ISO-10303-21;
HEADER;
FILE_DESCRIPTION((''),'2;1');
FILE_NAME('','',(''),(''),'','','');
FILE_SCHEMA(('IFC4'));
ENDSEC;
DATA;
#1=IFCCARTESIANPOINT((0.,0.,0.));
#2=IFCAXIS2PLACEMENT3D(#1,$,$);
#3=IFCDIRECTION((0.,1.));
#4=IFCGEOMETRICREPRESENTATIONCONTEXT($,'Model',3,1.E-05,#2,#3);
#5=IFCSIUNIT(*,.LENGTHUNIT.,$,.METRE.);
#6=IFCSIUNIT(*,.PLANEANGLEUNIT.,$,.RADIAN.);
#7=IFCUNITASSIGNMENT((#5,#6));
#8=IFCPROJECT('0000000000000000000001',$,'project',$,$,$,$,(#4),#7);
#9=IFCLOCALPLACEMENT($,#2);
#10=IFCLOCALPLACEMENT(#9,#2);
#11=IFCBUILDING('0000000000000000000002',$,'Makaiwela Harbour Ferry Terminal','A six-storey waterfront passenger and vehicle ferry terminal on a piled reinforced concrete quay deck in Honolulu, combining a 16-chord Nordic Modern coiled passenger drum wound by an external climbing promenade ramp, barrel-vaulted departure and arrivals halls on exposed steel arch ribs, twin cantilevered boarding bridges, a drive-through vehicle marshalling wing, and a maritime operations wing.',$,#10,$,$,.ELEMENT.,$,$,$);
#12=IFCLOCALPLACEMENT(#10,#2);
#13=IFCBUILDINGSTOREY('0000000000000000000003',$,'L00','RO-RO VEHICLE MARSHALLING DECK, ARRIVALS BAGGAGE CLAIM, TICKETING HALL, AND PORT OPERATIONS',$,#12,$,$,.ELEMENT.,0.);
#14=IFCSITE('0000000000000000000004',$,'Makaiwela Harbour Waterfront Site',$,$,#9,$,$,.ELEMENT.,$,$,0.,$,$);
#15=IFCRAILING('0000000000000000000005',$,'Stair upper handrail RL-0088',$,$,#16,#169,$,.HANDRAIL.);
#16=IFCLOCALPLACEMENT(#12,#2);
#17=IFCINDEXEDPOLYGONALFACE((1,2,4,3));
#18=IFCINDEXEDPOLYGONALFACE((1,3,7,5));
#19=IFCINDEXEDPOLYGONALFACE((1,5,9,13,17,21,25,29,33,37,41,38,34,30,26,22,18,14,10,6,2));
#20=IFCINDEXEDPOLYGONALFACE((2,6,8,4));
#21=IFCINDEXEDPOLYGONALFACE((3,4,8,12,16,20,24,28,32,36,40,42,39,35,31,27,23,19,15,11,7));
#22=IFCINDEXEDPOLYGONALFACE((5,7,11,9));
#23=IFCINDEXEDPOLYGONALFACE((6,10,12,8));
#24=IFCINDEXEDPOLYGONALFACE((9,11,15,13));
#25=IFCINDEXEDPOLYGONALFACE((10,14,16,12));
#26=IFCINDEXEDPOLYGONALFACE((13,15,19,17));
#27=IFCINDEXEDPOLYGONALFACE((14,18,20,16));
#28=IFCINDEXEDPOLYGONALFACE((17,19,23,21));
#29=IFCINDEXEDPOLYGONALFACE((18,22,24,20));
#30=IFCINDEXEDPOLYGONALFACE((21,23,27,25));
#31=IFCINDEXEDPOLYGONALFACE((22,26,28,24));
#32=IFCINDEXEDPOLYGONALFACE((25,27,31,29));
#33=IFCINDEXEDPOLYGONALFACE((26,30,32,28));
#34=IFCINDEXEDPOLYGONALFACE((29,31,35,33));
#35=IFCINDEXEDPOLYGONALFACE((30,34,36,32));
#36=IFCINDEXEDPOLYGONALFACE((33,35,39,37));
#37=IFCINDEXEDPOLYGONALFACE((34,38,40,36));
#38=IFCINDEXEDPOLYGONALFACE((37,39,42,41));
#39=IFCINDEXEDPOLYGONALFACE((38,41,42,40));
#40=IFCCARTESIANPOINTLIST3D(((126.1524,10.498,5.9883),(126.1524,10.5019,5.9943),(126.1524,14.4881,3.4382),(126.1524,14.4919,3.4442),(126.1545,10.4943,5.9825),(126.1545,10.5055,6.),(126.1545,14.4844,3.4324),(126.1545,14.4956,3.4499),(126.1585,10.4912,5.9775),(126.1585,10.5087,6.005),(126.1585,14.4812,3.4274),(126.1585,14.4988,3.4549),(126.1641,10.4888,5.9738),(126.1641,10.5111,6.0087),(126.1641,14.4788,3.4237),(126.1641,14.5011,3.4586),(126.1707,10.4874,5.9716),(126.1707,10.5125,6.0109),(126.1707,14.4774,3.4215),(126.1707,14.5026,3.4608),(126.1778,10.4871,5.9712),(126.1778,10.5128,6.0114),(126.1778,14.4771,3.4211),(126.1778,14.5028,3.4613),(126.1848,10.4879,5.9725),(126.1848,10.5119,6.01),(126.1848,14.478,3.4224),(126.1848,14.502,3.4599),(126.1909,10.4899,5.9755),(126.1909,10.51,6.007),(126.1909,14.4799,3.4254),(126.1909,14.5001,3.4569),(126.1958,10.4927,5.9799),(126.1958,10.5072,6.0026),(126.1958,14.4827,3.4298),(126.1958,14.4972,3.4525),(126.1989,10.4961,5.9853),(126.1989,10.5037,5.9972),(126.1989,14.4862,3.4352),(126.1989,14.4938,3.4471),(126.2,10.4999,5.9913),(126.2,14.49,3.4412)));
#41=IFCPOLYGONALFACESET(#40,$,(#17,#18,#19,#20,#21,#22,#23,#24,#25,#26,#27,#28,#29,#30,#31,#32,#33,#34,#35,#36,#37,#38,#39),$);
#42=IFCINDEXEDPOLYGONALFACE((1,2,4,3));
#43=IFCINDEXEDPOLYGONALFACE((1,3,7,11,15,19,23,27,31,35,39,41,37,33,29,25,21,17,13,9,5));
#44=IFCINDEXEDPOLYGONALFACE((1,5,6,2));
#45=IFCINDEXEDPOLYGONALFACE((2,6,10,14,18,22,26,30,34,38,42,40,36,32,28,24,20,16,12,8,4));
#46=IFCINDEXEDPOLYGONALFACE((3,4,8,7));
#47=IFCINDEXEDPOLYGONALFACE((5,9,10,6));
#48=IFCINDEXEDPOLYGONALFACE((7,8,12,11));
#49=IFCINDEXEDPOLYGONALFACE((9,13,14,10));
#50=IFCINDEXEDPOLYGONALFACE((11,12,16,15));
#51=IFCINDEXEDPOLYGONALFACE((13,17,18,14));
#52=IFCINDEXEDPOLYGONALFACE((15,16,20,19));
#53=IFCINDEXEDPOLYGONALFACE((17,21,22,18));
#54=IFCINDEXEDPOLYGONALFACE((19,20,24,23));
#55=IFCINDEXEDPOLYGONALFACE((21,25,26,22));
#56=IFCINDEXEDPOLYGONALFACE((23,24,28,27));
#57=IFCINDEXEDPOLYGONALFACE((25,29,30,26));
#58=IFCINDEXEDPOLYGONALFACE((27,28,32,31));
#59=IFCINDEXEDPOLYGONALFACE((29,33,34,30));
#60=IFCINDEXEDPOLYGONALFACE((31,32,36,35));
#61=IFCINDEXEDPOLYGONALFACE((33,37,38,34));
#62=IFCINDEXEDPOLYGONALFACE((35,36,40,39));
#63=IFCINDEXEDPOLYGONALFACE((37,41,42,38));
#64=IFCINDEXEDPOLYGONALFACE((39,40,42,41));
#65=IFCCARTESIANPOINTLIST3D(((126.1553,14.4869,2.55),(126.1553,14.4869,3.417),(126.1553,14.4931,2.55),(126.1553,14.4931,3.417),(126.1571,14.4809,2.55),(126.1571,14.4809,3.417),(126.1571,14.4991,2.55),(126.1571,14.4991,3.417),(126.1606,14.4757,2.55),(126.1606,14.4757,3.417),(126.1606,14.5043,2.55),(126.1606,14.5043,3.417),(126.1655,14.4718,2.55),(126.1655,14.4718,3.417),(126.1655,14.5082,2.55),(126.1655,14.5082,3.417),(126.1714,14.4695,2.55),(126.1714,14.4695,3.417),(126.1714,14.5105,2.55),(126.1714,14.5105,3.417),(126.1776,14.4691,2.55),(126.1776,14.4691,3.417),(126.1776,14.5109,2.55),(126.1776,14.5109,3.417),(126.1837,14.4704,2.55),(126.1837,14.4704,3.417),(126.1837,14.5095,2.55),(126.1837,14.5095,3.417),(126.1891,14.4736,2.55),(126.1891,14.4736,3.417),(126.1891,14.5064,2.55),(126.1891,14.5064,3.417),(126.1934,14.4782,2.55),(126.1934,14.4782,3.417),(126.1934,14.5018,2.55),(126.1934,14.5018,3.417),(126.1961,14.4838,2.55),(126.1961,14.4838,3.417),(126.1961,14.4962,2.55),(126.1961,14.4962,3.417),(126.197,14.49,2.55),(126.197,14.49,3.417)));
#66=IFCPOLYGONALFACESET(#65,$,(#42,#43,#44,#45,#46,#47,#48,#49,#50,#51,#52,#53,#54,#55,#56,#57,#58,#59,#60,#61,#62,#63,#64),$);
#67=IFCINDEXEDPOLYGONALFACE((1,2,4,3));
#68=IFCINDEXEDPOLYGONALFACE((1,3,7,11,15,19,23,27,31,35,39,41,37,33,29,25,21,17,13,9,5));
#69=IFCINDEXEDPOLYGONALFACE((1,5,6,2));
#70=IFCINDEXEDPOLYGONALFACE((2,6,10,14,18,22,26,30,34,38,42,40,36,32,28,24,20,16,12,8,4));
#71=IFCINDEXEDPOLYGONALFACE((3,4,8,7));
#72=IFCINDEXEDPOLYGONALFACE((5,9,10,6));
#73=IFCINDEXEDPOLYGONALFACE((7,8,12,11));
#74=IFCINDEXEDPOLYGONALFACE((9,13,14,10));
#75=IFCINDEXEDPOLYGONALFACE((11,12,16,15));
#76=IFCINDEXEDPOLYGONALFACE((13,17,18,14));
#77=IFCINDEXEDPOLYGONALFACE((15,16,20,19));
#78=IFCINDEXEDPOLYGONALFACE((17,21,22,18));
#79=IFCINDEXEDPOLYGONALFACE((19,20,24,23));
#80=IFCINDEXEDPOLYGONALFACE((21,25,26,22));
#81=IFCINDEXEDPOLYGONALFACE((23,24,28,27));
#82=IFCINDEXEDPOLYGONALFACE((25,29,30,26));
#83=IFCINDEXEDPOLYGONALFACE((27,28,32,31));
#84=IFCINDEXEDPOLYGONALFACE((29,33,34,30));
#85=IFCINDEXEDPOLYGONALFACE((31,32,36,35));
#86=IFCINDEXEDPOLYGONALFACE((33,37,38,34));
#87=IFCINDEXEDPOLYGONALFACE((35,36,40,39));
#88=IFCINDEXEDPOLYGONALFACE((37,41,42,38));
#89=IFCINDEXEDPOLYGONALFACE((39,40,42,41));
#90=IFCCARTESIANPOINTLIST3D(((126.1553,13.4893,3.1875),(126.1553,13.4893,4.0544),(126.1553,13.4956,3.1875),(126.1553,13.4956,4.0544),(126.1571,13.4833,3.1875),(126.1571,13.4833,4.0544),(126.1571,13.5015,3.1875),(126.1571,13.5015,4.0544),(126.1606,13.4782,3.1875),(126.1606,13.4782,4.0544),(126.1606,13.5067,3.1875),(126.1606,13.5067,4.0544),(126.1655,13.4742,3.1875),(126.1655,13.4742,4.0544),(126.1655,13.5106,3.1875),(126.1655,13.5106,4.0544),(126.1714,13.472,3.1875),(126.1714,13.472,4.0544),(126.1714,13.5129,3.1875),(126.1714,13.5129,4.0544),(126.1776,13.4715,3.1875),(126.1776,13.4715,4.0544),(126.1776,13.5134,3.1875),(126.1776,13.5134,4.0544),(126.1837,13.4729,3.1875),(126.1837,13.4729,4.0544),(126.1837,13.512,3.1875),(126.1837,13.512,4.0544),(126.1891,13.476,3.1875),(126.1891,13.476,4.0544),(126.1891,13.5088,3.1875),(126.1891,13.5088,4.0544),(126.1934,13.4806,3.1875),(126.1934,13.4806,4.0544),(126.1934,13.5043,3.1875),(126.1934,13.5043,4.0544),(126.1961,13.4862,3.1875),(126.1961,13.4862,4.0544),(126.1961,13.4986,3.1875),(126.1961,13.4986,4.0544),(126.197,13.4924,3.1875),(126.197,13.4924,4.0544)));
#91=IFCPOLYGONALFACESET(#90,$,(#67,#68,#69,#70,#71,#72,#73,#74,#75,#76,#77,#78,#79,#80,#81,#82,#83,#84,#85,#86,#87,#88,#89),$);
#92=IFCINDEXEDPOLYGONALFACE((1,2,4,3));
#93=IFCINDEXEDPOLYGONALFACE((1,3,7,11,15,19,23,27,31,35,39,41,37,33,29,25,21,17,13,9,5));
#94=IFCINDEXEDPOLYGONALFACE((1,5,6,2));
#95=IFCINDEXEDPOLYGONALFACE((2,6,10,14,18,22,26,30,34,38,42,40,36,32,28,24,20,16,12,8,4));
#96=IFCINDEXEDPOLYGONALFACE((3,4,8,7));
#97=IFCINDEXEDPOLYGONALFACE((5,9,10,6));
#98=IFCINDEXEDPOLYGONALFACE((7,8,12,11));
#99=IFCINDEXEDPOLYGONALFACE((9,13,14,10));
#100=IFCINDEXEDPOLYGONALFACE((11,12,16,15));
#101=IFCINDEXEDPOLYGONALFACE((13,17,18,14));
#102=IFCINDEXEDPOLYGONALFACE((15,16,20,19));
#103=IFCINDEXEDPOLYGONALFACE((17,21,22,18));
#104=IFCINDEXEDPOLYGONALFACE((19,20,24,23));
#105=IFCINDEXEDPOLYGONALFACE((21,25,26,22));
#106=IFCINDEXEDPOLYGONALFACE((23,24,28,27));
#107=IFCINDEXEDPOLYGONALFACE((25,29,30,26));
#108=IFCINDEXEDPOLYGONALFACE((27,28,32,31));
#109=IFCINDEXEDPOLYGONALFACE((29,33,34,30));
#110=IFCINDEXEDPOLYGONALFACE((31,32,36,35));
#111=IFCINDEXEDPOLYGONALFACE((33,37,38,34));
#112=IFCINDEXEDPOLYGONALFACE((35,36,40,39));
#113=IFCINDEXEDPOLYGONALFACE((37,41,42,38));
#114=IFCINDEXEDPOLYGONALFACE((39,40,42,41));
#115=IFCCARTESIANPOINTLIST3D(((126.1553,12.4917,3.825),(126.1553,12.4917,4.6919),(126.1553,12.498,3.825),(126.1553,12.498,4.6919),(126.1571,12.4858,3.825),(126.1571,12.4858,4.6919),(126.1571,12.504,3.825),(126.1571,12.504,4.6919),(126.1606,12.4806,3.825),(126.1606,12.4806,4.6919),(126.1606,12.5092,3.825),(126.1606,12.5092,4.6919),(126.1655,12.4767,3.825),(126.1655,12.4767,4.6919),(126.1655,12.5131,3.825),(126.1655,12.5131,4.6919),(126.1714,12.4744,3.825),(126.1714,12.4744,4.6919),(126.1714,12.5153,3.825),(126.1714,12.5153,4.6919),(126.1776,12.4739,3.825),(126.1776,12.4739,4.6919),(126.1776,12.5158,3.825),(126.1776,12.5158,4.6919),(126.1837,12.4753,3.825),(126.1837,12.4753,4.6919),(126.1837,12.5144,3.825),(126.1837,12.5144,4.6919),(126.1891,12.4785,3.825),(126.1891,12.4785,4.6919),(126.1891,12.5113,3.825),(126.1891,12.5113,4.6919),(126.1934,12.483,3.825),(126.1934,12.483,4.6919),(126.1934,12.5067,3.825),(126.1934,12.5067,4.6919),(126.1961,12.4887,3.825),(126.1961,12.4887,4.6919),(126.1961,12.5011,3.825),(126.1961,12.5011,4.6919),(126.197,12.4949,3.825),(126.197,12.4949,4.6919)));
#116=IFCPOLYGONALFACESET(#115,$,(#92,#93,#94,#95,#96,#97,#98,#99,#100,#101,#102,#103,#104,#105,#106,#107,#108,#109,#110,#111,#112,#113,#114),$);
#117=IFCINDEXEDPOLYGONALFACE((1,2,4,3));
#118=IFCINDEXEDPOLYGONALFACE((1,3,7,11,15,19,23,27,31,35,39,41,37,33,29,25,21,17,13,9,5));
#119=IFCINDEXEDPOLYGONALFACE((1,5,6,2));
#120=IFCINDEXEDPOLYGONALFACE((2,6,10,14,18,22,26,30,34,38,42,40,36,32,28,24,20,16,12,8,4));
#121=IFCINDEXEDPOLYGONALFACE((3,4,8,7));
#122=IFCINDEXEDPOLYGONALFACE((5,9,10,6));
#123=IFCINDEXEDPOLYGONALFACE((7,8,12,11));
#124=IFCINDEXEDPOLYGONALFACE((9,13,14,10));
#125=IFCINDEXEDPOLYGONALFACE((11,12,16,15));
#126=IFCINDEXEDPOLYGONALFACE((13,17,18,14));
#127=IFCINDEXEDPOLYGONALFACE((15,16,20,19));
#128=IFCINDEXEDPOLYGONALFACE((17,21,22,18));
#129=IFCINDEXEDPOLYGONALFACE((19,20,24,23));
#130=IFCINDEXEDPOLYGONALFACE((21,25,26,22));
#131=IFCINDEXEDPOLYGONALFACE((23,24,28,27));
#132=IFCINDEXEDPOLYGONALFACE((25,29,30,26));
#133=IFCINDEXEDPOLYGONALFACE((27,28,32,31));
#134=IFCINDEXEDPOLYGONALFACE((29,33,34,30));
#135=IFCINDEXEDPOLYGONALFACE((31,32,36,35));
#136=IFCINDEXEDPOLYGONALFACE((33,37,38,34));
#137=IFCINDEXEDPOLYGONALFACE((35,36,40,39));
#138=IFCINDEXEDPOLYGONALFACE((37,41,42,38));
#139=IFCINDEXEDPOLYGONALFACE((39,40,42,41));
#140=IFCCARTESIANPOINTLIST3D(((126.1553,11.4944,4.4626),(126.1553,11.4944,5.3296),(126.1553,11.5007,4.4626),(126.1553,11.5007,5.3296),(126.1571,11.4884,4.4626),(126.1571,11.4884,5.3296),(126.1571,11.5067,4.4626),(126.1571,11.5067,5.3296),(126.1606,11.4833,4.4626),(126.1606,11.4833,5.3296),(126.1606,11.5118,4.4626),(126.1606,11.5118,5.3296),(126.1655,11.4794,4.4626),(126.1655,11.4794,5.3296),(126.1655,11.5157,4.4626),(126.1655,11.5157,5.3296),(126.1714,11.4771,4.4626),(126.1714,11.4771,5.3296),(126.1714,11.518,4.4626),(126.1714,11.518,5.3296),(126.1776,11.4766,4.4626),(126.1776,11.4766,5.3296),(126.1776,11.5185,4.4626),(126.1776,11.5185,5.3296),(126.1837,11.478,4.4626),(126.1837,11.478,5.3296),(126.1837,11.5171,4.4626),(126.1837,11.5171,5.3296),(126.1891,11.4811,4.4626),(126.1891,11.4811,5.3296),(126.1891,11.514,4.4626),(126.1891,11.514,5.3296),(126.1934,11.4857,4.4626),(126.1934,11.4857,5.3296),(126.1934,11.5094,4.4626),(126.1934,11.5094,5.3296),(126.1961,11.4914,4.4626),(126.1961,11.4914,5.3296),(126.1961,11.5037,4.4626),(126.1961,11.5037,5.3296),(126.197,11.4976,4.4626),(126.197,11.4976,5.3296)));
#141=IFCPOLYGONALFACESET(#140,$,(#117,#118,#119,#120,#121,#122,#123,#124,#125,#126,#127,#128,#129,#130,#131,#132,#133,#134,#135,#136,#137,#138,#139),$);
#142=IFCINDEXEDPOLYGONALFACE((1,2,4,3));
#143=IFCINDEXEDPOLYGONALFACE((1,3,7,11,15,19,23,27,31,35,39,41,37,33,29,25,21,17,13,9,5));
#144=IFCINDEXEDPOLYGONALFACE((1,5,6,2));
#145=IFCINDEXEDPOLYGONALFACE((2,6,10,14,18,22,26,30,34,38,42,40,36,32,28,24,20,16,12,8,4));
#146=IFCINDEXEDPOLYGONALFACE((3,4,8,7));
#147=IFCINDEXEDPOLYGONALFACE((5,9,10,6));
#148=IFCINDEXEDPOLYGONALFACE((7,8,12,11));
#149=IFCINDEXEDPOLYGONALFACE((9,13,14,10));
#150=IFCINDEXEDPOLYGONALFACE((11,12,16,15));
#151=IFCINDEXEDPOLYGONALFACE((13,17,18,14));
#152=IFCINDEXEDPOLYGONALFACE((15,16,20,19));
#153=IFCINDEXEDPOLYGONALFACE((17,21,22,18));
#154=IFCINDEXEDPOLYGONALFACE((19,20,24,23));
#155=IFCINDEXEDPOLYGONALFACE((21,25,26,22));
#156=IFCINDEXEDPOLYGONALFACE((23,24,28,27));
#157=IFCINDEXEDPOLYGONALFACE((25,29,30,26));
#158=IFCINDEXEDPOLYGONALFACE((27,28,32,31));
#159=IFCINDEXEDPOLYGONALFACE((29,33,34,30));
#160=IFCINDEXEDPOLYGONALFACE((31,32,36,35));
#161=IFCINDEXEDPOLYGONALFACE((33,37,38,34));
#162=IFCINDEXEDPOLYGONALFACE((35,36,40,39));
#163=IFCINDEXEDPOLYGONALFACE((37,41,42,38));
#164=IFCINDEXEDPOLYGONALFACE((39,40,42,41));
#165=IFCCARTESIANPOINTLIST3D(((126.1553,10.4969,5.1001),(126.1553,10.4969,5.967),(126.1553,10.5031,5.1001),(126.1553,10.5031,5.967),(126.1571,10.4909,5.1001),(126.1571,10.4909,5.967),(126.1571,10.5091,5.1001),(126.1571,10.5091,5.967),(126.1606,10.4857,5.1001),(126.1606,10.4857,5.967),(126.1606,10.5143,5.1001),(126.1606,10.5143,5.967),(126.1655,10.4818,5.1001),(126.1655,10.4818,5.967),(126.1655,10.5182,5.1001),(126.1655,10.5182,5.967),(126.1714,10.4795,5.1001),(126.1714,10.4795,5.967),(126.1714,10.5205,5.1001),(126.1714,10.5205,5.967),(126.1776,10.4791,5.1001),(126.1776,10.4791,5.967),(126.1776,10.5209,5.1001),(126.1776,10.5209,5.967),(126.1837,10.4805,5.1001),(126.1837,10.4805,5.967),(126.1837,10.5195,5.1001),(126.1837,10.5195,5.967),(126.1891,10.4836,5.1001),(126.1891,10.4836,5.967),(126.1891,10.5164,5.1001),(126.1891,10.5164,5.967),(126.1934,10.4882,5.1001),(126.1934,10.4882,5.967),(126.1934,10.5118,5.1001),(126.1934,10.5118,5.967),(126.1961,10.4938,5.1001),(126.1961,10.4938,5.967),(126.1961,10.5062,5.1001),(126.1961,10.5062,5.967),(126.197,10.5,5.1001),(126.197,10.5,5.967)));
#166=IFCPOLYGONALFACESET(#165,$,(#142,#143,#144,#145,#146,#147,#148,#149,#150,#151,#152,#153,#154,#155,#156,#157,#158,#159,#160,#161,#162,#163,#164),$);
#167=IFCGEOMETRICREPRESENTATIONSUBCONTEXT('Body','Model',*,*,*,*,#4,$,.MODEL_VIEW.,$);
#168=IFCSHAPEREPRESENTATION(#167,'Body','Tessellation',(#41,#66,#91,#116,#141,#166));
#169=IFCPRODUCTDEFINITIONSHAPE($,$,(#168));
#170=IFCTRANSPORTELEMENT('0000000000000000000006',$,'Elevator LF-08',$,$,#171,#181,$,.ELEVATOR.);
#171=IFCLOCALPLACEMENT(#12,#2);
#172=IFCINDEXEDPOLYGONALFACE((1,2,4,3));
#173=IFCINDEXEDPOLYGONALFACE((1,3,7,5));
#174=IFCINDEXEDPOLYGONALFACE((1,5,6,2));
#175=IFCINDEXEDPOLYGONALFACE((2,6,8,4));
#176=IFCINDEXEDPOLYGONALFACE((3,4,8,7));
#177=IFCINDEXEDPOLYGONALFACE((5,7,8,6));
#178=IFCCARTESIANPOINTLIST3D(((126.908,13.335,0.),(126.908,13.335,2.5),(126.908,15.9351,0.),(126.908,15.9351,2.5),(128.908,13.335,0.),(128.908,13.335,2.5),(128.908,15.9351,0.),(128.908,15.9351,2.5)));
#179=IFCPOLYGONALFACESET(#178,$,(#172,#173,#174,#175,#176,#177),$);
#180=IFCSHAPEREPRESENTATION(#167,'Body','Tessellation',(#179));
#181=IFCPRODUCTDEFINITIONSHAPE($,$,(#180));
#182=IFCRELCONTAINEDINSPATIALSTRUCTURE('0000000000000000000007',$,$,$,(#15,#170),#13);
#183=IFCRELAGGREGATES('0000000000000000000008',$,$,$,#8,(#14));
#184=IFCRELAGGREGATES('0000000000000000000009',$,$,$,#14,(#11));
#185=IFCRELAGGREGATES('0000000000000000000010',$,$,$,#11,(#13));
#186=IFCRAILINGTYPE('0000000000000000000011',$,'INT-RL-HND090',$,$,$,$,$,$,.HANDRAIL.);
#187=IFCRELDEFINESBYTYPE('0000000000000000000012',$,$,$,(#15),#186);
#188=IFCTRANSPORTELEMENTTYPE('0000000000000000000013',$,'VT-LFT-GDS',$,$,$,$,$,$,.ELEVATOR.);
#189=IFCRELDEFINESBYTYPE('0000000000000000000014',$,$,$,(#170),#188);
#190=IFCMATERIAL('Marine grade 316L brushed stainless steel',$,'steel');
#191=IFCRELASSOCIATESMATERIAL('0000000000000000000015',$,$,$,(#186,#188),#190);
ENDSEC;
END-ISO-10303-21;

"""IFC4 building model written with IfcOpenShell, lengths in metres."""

from ifc_helpers import new_model, si_unit, direction, frame, origin, origin_2d, place, context, subcontext, project, spatial, rectangle, circle, extrude, material, type_object, element, save


model = new_model("IFC4")

# Units and contexts
model_context = context("Model", 3, precision=1e-05, world=origin(), true_north=direction((0.0, 1.0)))
body_context = subcontext(model_context, "Body", "Model", "MODEL_VIEW")
ifc_project = project(units=[si_unit("LENGTHUNIT", "METRE"), si_unit("PLANEANGLEUNIT", "RADIAN")], contexts=[model_context])

# Site, building, storey
site_placement = place(None, origin())
site = spatial("IfcSite", under=ifc_project, at=site_placement, Name="Makaiwela Harbour Waterfront Site", CompositionType="ELEMENT", RefElevation=0.0)
building_placement = place(site_placement, origin())
building = spatial("IfcBuilding", under=site, at=building_placement, Name="Makaiwela Harbour Ferry Terminal", Description="A six-storey waterfront passenger and vehicle ferry terminal on a piled reinforced concrete quay deck in Honolulu, combining a 16-chord Nordic Modern coiled passenger drum wound by an external climbing promenade ramp, barrel-vaulted departure and arrivals halls on exposed steel arch ribs, twin cantilevered boarding bridges, a drive-through vehicle marshalling wing, and a maritime operations wing.", CompositionType="ELEMENT")
storey_placement = place(building_placement, origin())
storey = spatial("IfcBuildingStorey", under=building, at=storey_placement, Name="L00", Description="RO-RO VEHICLE MARSHALLING DECK, ARRIVALS BAGGAGE CLAIM, TICKETING HALL, AND PORT OPERATIONS", CompositionType="ELEMENT", Elevation=0.0)

# Railing
ifc_material_1 = material(Name="Marine grade 316L brushed stainless steel", Category="steel")
railing_type = type_object("IfcRailingType", Name="INT-RL-HND090", PredefinedType="HANDRAIL", material=ifc_material_1)
railing_placement = place(storey_placement, frame((126.176, 14.49, 2.55)))
element("IfcRailing", 1, at=railing_placement, inside=storey, type_object=railing_type, Name="Stair upper handrail RL-0088", PredefinedType="HANDRAIL", context=body_context, shape_type="SweptSolid", body=[
    extrude(circle(Radius=0.0239, at=origin_2d()), frame((0.0, 0.0, 0.8911), z_axis=(0.0, -0.842611, 0.538523), x_axis=(1.0, 0.0, 0.0)), (0.0, 0.0, 1.0), 4.7354),
    extrude(circle(Radius=0.021, at=origin_2d()), origin(), (0.0, 0.0, 1.0), 0.8669),
    extrude(circle(Radius=0.021, at=origin_2d()), frame((0.0, -0.9976, 0.6375)), (0.0, 0.0, 1.0), 0.8669),
    extrude(circle(Radius=0.021, at=origin_2d()), frame((0.0, -1.9951, 1.2749)), (0.0, 0.0, 1.0), 0.8669),
    extrude(circle(Radius=0.021, at=origin_2d()), frame((0.0, -2.9924, 1.9126)), (0.0, 0.0, 1.0), 0.8669),
    extrude(circle(Radius=0.021, at=origin_2d()), frame((0.0, -3.99, 2.55)), (0.0, 0.0, 1.0), 0.8669),
])

# Transport element
transport_element_type = type_object("IfcTransportElementType", Name="VT-LFT-GDS", PredefinedType="ELEVATOR", material=ifc_material_1)
transport_element_placement = place(storey_placement, frame((127.908, 14.635, 0.0), z_axis=(0.0, 0.0, 1.0), x_axis=(1.0, 0.0, 0.0)))
element("IfcTransportElement", 2, at=transport_element_placement, inside=storey, type_object=transport_element_type, Name="Elevator LF-08", PredefinedType="ELEVATOR", context=body_context, shape_type="SweptSolid", body=[
    extrude(rectangle(XDim=2.0, YDim=2.6001, at=origin_2d()), origin(), (0.0, 0.0, 1.0), 2.5),
])

save(model, "model.ifc")
